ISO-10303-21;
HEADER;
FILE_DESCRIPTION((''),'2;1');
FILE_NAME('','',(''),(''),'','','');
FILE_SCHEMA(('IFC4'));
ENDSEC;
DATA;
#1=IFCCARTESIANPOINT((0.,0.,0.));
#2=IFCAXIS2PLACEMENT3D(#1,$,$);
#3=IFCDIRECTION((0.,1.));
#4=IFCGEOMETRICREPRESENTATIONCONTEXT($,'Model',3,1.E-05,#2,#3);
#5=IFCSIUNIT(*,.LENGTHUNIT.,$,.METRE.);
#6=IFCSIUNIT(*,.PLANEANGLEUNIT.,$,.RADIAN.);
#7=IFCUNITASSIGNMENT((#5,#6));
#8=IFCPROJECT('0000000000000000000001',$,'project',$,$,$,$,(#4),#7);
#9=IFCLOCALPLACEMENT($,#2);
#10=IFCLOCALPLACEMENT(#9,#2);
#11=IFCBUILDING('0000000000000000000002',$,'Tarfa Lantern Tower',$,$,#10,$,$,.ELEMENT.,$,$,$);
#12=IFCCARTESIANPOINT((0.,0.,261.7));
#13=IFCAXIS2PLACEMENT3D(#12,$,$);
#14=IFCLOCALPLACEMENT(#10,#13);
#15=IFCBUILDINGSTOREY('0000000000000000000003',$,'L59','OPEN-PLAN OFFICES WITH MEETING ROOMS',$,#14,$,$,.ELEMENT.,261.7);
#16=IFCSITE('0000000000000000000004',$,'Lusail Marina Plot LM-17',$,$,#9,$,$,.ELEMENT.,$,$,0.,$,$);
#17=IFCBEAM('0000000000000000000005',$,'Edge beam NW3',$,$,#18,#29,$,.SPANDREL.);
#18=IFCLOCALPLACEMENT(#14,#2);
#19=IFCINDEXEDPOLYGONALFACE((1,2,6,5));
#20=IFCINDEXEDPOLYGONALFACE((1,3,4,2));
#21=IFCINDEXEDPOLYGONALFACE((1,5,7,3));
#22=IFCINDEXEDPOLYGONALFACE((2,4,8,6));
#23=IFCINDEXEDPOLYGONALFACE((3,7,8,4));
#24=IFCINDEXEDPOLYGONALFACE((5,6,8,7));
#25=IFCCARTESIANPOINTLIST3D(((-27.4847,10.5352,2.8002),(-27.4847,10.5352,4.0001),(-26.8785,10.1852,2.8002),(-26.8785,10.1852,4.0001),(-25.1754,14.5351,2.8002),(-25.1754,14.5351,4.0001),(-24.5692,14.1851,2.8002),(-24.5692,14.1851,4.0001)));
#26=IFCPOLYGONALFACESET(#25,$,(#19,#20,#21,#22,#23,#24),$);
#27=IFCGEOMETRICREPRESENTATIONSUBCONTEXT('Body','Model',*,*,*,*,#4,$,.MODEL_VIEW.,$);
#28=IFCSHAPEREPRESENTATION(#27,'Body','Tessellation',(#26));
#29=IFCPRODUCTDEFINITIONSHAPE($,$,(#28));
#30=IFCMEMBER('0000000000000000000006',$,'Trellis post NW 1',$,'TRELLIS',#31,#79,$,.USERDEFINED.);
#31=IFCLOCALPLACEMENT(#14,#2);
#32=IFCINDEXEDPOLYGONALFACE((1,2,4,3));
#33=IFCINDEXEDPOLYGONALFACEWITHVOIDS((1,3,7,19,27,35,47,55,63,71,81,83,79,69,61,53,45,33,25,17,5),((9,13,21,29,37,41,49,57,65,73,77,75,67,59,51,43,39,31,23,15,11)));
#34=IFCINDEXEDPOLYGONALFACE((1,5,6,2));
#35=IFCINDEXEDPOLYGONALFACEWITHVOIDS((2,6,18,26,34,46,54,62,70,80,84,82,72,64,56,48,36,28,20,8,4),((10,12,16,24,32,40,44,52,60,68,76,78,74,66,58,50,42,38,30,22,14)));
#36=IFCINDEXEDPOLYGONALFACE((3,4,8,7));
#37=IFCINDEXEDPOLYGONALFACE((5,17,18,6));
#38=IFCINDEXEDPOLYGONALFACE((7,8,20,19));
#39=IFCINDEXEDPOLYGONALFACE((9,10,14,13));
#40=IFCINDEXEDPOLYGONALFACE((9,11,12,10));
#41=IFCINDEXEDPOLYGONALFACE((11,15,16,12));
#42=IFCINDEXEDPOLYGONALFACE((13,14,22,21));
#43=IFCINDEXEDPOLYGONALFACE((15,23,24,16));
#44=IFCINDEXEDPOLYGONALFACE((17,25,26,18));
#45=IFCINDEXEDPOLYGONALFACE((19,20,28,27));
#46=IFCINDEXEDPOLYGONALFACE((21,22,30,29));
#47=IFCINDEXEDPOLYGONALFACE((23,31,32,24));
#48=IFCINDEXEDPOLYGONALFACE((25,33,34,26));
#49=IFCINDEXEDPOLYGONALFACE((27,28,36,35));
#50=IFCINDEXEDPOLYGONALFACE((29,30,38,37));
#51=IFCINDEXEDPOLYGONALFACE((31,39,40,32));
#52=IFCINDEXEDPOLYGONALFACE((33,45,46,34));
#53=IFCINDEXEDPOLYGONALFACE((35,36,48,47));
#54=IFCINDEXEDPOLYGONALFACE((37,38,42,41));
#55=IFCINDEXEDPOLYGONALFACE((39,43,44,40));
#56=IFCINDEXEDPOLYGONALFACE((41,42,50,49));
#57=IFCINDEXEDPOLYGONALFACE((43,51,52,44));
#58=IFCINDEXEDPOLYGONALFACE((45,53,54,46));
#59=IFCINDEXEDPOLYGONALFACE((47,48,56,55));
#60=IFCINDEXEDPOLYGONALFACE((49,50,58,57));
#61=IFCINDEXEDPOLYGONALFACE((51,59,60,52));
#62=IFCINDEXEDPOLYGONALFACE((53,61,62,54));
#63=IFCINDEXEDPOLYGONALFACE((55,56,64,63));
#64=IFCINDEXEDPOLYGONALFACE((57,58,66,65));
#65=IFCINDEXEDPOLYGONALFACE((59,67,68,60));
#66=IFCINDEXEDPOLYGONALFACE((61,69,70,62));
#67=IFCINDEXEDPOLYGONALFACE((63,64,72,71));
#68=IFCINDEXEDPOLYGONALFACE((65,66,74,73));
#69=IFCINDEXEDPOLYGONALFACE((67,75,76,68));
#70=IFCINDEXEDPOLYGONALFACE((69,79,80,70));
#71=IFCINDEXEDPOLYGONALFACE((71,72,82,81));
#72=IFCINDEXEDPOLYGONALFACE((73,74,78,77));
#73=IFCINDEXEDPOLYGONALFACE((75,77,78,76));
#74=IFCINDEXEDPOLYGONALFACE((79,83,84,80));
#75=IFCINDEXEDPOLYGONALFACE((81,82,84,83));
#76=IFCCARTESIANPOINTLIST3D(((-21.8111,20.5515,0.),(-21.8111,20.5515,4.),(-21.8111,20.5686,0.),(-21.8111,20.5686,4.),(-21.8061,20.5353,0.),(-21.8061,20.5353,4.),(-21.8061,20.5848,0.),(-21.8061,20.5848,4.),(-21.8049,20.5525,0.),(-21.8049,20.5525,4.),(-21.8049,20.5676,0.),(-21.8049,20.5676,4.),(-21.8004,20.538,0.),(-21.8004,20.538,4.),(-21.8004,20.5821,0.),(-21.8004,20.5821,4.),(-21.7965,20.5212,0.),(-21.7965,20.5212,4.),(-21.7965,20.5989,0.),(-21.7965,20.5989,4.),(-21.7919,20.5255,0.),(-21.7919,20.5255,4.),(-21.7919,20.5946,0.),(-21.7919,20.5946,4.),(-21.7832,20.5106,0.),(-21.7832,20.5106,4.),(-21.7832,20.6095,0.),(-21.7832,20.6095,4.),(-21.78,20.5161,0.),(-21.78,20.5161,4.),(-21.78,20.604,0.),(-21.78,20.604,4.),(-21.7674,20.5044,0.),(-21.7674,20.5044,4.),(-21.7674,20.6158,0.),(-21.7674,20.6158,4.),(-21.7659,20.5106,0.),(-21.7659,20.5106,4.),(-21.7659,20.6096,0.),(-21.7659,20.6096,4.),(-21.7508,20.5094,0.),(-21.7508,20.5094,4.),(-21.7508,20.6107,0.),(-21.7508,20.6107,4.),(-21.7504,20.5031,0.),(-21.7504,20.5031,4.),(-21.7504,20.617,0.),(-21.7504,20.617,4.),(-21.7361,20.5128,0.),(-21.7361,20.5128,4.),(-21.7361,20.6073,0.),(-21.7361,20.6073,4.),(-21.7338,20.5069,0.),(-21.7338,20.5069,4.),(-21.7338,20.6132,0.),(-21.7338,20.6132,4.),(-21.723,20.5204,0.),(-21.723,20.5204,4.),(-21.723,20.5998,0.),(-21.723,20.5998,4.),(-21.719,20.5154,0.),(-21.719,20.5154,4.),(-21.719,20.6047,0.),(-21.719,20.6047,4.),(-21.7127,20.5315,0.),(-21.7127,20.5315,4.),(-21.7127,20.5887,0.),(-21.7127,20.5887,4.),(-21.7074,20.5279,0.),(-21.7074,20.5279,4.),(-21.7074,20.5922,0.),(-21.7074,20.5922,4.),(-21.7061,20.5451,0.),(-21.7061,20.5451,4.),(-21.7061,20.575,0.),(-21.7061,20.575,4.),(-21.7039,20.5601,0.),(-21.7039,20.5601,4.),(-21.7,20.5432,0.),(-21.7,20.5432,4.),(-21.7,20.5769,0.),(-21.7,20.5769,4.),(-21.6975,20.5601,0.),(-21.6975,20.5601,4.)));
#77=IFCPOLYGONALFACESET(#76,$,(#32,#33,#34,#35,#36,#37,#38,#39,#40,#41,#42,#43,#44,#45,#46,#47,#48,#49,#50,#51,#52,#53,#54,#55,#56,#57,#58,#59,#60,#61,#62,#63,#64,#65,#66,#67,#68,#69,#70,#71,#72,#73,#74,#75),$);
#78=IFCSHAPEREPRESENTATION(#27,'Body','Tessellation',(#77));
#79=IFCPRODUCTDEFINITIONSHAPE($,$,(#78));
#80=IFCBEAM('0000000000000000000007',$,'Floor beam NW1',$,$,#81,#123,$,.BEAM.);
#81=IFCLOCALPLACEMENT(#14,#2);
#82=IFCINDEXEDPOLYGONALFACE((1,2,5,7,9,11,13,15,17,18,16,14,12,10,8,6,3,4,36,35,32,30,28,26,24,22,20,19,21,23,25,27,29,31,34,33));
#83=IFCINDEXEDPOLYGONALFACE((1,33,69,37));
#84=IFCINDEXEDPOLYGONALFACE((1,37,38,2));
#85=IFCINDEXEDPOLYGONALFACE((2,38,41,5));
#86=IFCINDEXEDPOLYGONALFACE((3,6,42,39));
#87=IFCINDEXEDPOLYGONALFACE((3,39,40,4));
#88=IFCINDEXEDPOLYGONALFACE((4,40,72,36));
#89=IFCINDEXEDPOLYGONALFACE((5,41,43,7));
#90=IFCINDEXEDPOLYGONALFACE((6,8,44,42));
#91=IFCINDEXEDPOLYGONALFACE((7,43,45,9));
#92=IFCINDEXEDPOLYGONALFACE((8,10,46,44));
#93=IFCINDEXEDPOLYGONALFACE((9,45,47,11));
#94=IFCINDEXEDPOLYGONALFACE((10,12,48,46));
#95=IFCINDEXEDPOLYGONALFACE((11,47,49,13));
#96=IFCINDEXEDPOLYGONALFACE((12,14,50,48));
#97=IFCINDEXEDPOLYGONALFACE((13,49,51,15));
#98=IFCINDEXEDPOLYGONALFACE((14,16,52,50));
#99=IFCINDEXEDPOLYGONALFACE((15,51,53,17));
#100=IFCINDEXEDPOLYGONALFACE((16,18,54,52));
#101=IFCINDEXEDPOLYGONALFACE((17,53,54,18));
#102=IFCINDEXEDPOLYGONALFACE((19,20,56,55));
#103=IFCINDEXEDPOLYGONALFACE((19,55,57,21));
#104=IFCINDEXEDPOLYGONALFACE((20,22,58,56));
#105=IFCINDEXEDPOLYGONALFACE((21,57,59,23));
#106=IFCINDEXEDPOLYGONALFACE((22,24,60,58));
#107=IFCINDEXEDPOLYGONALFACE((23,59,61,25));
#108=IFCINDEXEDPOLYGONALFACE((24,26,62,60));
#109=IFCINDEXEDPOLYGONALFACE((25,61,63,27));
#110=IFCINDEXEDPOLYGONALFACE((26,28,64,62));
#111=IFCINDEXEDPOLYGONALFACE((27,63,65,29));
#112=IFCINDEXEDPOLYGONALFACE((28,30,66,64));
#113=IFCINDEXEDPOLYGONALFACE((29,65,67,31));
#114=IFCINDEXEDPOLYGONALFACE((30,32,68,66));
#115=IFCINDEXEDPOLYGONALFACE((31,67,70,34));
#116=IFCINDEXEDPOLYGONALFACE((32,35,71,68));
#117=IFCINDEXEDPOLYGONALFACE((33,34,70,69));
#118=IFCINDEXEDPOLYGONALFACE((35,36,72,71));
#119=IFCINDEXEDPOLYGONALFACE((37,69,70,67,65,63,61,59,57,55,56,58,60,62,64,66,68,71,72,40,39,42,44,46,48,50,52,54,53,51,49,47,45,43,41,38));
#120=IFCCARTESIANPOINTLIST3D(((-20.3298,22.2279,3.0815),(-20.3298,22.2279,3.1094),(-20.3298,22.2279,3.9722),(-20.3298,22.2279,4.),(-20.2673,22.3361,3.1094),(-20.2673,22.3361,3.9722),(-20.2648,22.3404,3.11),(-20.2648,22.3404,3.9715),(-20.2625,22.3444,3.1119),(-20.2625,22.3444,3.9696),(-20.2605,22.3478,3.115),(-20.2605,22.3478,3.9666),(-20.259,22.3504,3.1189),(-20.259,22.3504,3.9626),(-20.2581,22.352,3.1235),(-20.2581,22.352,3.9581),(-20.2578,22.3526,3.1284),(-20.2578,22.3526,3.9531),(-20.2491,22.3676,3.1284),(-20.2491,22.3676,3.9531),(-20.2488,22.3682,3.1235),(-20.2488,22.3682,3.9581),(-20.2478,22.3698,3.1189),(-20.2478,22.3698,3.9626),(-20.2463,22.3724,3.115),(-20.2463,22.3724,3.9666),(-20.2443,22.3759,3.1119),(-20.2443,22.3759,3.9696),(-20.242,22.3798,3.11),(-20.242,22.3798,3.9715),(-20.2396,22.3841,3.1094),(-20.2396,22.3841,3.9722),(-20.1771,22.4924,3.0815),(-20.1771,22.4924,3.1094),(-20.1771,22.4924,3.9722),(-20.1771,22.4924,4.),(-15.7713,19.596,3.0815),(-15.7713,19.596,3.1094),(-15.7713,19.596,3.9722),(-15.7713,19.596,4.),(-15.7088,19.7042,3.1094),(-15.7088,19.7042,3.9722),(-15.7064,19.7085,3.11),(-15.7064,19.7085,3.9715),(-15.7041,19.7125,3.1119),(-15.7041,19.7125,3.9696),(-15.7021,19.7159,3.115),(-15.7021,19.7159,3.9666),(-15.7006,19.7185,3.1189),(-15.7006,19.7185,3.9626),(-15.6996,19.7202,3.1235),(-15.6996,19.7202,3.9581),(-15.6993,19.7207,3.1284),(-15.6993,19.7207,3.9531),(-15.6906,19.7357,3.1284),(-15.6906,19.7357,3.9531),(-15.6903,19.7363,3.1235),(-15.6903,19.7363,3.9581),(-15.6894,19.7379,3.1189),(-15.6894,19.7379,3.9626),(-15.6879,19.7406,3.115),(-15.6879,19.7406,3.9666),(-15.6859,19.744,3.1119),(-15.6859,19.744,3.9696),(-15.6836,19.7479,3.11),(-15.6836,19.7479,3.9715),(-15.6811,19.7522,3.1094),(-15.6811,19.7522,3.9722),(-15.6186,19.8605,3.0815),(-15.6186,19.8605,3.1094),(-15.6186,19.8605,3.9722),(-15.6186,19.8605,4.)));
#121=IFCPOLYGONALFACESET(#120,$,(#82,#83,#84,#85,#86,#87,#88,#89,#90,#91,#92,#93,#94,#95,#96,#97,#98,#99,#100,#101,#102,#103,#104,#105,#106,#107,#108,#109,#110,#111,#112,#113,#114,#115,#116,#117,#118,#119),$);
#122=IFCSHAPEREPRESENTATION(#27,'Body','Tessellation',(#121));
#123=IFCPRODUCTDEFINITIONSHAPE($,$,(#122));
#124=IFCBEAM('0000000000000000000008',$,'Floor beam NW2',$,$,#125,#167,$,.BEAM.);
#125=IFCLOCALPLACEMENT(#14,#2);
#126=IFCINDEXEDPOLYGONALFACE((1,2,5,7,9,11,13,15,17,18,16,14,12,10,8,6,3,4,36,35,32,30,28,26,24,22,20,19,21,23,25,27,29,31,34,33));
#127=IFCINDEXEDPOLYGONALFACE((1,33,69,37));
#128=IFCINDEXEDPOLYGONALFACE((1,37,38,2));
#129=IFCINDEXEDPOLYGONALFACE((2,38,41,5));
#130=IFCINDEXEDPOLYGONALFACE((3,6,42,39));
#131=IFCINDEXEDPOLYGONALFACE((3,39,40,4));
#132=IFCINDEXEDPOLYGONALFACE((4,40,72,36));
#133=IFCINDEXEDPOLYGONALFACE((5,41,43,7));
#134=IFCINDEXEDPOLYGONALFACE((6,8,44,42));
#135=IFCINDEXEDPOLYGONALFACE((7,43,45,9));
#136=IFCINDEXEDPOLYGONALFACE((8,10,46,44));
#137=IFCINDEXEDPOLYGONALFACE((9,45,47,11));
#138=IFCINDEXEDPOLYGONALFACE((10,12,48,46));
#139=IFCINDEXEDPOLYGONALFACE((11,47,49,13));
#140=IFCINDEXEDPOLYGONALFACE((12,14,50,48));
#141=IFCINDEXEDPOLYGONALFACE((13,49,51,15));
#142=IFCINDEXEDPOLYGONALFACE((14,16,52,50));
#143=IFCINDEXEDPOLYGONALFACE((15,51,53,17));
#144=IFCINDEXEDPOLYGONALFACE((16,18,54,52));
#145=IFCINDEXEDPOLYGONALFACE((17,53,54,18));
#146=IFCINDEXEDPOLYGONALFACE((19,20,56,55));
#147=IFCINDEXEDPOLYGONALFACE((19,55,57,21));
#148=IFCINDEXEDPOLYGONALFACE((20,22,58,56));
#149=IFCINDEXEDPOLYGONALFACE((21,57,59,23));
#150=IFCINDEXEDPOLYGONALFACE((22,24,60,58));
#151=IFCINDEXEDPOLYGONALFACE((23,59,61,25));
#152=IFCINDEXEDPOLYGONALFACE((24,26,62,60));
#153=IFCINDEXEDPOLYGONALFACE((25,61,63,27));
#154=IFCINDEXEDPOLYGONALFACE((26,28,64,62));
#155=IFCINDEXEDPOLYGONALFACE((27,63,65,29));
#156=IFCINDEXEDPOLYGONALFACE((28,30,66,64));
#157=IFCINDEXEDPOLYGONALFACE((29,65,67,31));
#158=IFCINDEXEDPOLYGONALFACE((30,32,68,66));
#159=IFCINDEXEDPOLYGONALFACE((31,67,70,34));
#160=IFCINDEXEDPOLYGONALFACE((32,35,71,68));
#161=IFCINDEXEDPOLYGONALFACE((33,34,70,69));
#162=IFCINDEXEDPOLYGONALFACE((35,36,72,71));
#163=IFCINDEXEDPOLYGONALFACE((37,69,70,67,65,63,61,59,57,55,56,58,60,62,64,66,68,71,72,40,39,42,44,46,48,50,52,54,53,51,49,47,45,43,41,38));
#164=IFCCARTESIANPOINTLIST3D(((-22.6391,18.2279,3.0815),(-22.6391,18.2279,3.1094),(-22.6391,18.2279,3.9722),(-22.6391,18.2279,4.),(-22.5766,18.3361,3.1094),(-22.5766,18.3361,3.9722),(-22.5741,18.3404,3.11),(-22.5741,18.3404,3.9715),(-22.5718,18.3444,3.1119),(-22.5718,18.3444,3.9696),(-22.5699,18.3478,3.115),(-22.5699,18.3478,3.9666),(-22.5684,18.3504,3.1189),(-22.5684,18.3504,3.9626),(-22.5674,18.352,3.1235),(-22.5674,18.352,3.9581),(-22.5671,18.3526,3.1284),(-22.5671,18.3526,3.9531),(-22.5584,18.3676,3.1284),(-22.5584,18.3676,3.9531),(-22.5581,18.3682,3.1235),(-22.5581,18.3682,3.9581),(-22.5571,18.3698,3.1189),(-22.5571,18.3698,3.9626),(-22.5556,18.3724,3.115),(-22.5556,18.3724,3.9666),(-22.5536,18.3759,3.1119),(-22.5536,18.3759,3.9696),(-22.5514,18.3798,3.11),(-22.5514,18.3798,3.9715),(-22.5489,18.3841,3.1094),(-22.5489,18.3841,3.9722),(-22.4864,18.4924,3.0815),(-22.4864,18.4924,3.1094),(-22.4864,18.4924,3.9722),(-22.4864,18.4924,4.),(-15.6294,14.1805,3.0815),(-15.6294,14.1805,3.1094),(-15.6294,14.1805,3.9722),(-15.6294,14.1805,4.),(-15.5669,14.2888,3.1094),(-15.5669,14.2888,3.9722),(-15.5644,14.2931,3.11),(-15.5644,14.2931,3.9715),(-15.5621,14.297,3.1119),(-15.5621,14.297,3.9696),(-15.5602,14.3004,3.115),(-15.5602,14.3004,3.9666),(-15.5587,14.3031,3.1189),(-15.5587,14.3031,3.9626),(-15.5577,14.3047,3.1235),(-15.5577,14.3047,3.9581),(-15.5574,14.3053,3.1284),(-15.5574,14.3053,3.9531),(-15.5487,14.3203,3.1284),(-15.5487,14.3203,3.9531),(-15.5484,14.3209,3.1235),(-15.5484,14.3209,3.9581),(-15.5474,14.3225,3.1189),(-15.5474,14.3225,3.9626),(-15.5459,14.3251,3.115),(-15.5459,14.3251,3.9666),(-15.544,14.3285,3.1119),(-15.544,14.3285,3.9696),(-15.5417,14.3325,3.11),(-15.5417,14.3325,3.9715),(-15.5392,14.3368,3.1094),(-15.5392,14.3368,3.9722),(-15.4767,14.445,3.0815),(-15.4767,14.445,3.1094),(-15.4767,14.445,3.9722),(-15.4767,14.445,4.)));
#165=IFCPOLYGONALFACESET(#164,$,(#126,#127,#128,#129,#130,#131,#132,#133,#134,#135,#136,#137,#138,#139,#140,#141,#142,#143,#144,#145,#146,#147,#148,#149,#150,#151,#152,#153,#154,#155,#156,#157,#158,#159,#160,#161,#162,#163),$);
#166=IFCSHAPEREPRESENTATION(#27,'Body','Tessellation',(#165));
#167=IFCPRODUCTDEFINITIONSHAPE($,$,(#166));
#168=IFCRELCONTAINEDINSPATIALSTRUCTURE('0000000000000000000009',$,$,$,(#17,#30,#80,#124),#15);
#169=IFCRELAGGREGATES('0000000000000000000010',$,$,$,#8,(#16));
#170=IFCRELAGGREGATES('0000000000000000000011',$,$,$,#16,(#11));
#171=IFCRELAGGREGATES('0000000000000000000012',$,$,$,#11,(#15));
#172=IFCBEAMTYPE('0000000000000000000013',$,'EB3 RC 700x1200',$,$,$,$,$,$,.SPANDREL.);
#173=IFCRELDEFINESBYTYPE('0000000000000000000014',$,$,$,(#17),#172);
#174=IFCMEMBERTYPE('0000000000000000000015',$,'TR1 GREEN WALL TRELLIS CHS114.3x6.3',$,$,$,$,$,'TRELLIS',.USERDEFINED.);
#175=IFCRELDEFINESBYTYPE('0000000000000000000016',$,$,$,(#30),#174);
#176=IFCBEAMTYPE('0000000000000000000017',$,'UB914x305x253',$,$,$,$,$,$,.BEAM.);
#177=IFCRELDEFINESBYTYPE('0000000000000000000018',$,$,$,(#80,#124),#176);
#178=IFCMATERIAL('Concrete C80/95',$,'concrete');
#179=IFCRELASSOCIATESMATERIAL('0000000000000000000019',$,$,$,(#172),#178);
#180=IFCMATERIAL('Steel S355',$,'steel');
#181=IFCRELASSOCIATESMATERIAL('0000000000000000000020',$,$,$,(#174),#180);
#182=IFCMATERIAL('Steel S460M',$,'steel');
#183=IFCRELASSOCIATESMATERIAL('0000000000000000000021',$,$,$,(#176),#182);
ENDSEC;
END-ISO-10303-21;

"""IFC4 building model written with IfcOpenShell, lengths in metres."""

from ifc_helpers import new_model, si_unit, direction, frame, origin, origin_2d, place, context, subcontext, project, spatial, rectangle, hollow_circle, i_section, extrude, material, material_profile, profile_set, type_object, element, save


model = new_model("IFC4")

# Units and contexts
model_context = context("Model", 3, precision=1e-05, world=origin(), true_north=direction((0.0, 1.0)))
body_context = subcontext(model_context, "Body", "Model", "MODEL_VIEW")
ifc_project = project(units=[si_unit("LENGTHUNIT", "METRE"), si_unit("PLANEANGLEUNIT", "RADIAN")], contexts=[model_context])

# Site, building, storey
site_placement = place(None, origin())
site = spatial("IfcSite", under=ifc_project, at=site_placement, Name="Lusail Marina Plot LM-17", CompositionType="ELEMENT", RefElevation=0.0)
building_placement = place(site_placement, origin())
building = spatial("IfcBuilding", under=site, at=building_placement, Name="Tarfa Lantern Tower", CompositionType="ELEMENT")
storey_placement = place(building_placement, frame((0.0, 0.0, 261.7)))
storey = spatial("IfcBuildingStorey", under=building, at=storey_placement, Name="L59", Description="OPEN-PLAN OFFICES WITH MEETING ROOMS", CompositionType="ELEMENT", Elevation=261.7)

# Shared definitions
ifc_material_1 = material(Name="Concrete C80/95", Category="concrete")

# Beam
ifc_material_profile_1 = material_profile(ifc_material_1, rectangle(XDim=0.7, YDim=1.2, at=origin_2d()), Name="RC 700x1200")
ifc_profile_set_1 = profile_set([ifc_material_profile_1], Name="Concrete C80/95")
beam_type_1 = type_object("IfcBeamType", Name="EB3 RC 700x1200", PredefinedType="SPANDREL", material=ifc_profile_set_1)
beam_1_placement = place(storey_placement, frame((-24.8723, 14.3601, 3.4001), z_axis=(-0.499988, -0.866032, 0.0), x_axis=(0.866032, -0.499988, 0.0)))
element("IfcBeam", 1, at=beam_1_placement, inside=storey, type_object=beam_type_1, Name="Edge beam NW3", PredefinedType="SPANDREL", context=body_context, shape_type="SweptSolid", body=[
    extrude(rectangle(XDim=0.7, YDim=1.2, at=origin_2d()), origin(), (0.0, 0.0, 1.0), 4.6187),
])

# Member
ifc_material_2 = material(Name="Steel S355", Category="steel")
ifc_material_profile_2 = material_profile(ifc_material_2, hollow_circle(Radius=0.0571, WallThickness=0.0063, at=origin_2d()), Name="CHS114.3x6.3")
ifc_profile_set_2 = profile_set([ifc_material_profile_2], Name="Steel S355")
member_type_1 = type_object("IfcMemberType", Name="TR1 GREEN WALL TRELLIS CHS114.3x6.3", ElementType="TRELLIS", PredefinedType="USERDEFINED", material=ifc_profile_set_2)
member_1_placement = place(storey_placement, frame((-21.7546, 20.5601, 0.0), z_axis=(0.0, 0.0, 1.0), x_axis=(1.0, 0.0, 0.0)))
element("IfcMember", 2, at=member_1_placement, inside=storey, type_object=member_type_1, Name="Trellis post NW 1", ObjectType="TRELLIS", PredefinedType="USERDEFINED", context=body_context, shape_type="SweptSolid", body=[
    extrude(hollow_circle(Radius=0.0571, WallThickness=0.0063, at=origin_2d()), origin(), (0.0, 0.0, 1.0), 4.0),
])

# Beams
ifc_material_3 = material(Name="Steel S460M", Category="steel")
ifc_material_profile_3 = material_profile(ifc_material_3, i_section(OverallWidth=0.3054, OverallDepth=0.9185, WebThickness=0.0173, FlangeThickness=0.0278, FilletRadius=0.019, at=origin_2d()), Name="UB914x305x253")
ifc_profile_set_3 = profile_set([ifc_material_profile_3], Name="Steel S460M")
beam_type_2 = type_object("IfcBeamType", Name="UB914x305x253", PredefinedType="BEAM", material=ifc_profile_set_3)
beam_2_placement = place(storey_placement, frame((-20.2534, 22.3601, 3.5408), z_axis=(0.86602, -0.50001, 0.0), x_axis=(0.50001, 0.86602, 0.0)))
element("IfcBeam", 3, at=beam_2_placement, inside=storey, type_object=beam_type_2, Name="Floor beam NW1", PredefinedType="BEAM", context=body_context, shape_type="SweptSolid", body=[
    extrude(i_section(OverallWidth=0.3054, OverallDepth=0.9185, WebThickness=0.0173, FlangeThickness=0.0278, FilletRadius=0.019, at=origin_2d()), origin(), (0.0, 0.0, 1.0), 5.2637),
])
beam_3_placement = place(storey_placement, frame((-22.5627, 18.3601, 3.5408), z_axis=(0.866011, -0.500025, 0.0), x_axis=(0.500025, 0.866011, 0.0)))
element("IfcBeam", 4, at=beam_3_placement, inside=storey, type_object=beam_type_2, Name="Floor beam NW2", PredefinedType="BEAM", context=body_context, shape_type="SweptSolid", body=[
    extrude(i_section(OverallWidth=0.3054, OverallDepth=0.9185, WebThickness=0.0173, FlangeThickness=0.0278, FilletRadius=0.019, at=origin_2d()), origin(), (0.0, 0.0, 1.0), 8.0942),
])

save(model, "model.ifc")
